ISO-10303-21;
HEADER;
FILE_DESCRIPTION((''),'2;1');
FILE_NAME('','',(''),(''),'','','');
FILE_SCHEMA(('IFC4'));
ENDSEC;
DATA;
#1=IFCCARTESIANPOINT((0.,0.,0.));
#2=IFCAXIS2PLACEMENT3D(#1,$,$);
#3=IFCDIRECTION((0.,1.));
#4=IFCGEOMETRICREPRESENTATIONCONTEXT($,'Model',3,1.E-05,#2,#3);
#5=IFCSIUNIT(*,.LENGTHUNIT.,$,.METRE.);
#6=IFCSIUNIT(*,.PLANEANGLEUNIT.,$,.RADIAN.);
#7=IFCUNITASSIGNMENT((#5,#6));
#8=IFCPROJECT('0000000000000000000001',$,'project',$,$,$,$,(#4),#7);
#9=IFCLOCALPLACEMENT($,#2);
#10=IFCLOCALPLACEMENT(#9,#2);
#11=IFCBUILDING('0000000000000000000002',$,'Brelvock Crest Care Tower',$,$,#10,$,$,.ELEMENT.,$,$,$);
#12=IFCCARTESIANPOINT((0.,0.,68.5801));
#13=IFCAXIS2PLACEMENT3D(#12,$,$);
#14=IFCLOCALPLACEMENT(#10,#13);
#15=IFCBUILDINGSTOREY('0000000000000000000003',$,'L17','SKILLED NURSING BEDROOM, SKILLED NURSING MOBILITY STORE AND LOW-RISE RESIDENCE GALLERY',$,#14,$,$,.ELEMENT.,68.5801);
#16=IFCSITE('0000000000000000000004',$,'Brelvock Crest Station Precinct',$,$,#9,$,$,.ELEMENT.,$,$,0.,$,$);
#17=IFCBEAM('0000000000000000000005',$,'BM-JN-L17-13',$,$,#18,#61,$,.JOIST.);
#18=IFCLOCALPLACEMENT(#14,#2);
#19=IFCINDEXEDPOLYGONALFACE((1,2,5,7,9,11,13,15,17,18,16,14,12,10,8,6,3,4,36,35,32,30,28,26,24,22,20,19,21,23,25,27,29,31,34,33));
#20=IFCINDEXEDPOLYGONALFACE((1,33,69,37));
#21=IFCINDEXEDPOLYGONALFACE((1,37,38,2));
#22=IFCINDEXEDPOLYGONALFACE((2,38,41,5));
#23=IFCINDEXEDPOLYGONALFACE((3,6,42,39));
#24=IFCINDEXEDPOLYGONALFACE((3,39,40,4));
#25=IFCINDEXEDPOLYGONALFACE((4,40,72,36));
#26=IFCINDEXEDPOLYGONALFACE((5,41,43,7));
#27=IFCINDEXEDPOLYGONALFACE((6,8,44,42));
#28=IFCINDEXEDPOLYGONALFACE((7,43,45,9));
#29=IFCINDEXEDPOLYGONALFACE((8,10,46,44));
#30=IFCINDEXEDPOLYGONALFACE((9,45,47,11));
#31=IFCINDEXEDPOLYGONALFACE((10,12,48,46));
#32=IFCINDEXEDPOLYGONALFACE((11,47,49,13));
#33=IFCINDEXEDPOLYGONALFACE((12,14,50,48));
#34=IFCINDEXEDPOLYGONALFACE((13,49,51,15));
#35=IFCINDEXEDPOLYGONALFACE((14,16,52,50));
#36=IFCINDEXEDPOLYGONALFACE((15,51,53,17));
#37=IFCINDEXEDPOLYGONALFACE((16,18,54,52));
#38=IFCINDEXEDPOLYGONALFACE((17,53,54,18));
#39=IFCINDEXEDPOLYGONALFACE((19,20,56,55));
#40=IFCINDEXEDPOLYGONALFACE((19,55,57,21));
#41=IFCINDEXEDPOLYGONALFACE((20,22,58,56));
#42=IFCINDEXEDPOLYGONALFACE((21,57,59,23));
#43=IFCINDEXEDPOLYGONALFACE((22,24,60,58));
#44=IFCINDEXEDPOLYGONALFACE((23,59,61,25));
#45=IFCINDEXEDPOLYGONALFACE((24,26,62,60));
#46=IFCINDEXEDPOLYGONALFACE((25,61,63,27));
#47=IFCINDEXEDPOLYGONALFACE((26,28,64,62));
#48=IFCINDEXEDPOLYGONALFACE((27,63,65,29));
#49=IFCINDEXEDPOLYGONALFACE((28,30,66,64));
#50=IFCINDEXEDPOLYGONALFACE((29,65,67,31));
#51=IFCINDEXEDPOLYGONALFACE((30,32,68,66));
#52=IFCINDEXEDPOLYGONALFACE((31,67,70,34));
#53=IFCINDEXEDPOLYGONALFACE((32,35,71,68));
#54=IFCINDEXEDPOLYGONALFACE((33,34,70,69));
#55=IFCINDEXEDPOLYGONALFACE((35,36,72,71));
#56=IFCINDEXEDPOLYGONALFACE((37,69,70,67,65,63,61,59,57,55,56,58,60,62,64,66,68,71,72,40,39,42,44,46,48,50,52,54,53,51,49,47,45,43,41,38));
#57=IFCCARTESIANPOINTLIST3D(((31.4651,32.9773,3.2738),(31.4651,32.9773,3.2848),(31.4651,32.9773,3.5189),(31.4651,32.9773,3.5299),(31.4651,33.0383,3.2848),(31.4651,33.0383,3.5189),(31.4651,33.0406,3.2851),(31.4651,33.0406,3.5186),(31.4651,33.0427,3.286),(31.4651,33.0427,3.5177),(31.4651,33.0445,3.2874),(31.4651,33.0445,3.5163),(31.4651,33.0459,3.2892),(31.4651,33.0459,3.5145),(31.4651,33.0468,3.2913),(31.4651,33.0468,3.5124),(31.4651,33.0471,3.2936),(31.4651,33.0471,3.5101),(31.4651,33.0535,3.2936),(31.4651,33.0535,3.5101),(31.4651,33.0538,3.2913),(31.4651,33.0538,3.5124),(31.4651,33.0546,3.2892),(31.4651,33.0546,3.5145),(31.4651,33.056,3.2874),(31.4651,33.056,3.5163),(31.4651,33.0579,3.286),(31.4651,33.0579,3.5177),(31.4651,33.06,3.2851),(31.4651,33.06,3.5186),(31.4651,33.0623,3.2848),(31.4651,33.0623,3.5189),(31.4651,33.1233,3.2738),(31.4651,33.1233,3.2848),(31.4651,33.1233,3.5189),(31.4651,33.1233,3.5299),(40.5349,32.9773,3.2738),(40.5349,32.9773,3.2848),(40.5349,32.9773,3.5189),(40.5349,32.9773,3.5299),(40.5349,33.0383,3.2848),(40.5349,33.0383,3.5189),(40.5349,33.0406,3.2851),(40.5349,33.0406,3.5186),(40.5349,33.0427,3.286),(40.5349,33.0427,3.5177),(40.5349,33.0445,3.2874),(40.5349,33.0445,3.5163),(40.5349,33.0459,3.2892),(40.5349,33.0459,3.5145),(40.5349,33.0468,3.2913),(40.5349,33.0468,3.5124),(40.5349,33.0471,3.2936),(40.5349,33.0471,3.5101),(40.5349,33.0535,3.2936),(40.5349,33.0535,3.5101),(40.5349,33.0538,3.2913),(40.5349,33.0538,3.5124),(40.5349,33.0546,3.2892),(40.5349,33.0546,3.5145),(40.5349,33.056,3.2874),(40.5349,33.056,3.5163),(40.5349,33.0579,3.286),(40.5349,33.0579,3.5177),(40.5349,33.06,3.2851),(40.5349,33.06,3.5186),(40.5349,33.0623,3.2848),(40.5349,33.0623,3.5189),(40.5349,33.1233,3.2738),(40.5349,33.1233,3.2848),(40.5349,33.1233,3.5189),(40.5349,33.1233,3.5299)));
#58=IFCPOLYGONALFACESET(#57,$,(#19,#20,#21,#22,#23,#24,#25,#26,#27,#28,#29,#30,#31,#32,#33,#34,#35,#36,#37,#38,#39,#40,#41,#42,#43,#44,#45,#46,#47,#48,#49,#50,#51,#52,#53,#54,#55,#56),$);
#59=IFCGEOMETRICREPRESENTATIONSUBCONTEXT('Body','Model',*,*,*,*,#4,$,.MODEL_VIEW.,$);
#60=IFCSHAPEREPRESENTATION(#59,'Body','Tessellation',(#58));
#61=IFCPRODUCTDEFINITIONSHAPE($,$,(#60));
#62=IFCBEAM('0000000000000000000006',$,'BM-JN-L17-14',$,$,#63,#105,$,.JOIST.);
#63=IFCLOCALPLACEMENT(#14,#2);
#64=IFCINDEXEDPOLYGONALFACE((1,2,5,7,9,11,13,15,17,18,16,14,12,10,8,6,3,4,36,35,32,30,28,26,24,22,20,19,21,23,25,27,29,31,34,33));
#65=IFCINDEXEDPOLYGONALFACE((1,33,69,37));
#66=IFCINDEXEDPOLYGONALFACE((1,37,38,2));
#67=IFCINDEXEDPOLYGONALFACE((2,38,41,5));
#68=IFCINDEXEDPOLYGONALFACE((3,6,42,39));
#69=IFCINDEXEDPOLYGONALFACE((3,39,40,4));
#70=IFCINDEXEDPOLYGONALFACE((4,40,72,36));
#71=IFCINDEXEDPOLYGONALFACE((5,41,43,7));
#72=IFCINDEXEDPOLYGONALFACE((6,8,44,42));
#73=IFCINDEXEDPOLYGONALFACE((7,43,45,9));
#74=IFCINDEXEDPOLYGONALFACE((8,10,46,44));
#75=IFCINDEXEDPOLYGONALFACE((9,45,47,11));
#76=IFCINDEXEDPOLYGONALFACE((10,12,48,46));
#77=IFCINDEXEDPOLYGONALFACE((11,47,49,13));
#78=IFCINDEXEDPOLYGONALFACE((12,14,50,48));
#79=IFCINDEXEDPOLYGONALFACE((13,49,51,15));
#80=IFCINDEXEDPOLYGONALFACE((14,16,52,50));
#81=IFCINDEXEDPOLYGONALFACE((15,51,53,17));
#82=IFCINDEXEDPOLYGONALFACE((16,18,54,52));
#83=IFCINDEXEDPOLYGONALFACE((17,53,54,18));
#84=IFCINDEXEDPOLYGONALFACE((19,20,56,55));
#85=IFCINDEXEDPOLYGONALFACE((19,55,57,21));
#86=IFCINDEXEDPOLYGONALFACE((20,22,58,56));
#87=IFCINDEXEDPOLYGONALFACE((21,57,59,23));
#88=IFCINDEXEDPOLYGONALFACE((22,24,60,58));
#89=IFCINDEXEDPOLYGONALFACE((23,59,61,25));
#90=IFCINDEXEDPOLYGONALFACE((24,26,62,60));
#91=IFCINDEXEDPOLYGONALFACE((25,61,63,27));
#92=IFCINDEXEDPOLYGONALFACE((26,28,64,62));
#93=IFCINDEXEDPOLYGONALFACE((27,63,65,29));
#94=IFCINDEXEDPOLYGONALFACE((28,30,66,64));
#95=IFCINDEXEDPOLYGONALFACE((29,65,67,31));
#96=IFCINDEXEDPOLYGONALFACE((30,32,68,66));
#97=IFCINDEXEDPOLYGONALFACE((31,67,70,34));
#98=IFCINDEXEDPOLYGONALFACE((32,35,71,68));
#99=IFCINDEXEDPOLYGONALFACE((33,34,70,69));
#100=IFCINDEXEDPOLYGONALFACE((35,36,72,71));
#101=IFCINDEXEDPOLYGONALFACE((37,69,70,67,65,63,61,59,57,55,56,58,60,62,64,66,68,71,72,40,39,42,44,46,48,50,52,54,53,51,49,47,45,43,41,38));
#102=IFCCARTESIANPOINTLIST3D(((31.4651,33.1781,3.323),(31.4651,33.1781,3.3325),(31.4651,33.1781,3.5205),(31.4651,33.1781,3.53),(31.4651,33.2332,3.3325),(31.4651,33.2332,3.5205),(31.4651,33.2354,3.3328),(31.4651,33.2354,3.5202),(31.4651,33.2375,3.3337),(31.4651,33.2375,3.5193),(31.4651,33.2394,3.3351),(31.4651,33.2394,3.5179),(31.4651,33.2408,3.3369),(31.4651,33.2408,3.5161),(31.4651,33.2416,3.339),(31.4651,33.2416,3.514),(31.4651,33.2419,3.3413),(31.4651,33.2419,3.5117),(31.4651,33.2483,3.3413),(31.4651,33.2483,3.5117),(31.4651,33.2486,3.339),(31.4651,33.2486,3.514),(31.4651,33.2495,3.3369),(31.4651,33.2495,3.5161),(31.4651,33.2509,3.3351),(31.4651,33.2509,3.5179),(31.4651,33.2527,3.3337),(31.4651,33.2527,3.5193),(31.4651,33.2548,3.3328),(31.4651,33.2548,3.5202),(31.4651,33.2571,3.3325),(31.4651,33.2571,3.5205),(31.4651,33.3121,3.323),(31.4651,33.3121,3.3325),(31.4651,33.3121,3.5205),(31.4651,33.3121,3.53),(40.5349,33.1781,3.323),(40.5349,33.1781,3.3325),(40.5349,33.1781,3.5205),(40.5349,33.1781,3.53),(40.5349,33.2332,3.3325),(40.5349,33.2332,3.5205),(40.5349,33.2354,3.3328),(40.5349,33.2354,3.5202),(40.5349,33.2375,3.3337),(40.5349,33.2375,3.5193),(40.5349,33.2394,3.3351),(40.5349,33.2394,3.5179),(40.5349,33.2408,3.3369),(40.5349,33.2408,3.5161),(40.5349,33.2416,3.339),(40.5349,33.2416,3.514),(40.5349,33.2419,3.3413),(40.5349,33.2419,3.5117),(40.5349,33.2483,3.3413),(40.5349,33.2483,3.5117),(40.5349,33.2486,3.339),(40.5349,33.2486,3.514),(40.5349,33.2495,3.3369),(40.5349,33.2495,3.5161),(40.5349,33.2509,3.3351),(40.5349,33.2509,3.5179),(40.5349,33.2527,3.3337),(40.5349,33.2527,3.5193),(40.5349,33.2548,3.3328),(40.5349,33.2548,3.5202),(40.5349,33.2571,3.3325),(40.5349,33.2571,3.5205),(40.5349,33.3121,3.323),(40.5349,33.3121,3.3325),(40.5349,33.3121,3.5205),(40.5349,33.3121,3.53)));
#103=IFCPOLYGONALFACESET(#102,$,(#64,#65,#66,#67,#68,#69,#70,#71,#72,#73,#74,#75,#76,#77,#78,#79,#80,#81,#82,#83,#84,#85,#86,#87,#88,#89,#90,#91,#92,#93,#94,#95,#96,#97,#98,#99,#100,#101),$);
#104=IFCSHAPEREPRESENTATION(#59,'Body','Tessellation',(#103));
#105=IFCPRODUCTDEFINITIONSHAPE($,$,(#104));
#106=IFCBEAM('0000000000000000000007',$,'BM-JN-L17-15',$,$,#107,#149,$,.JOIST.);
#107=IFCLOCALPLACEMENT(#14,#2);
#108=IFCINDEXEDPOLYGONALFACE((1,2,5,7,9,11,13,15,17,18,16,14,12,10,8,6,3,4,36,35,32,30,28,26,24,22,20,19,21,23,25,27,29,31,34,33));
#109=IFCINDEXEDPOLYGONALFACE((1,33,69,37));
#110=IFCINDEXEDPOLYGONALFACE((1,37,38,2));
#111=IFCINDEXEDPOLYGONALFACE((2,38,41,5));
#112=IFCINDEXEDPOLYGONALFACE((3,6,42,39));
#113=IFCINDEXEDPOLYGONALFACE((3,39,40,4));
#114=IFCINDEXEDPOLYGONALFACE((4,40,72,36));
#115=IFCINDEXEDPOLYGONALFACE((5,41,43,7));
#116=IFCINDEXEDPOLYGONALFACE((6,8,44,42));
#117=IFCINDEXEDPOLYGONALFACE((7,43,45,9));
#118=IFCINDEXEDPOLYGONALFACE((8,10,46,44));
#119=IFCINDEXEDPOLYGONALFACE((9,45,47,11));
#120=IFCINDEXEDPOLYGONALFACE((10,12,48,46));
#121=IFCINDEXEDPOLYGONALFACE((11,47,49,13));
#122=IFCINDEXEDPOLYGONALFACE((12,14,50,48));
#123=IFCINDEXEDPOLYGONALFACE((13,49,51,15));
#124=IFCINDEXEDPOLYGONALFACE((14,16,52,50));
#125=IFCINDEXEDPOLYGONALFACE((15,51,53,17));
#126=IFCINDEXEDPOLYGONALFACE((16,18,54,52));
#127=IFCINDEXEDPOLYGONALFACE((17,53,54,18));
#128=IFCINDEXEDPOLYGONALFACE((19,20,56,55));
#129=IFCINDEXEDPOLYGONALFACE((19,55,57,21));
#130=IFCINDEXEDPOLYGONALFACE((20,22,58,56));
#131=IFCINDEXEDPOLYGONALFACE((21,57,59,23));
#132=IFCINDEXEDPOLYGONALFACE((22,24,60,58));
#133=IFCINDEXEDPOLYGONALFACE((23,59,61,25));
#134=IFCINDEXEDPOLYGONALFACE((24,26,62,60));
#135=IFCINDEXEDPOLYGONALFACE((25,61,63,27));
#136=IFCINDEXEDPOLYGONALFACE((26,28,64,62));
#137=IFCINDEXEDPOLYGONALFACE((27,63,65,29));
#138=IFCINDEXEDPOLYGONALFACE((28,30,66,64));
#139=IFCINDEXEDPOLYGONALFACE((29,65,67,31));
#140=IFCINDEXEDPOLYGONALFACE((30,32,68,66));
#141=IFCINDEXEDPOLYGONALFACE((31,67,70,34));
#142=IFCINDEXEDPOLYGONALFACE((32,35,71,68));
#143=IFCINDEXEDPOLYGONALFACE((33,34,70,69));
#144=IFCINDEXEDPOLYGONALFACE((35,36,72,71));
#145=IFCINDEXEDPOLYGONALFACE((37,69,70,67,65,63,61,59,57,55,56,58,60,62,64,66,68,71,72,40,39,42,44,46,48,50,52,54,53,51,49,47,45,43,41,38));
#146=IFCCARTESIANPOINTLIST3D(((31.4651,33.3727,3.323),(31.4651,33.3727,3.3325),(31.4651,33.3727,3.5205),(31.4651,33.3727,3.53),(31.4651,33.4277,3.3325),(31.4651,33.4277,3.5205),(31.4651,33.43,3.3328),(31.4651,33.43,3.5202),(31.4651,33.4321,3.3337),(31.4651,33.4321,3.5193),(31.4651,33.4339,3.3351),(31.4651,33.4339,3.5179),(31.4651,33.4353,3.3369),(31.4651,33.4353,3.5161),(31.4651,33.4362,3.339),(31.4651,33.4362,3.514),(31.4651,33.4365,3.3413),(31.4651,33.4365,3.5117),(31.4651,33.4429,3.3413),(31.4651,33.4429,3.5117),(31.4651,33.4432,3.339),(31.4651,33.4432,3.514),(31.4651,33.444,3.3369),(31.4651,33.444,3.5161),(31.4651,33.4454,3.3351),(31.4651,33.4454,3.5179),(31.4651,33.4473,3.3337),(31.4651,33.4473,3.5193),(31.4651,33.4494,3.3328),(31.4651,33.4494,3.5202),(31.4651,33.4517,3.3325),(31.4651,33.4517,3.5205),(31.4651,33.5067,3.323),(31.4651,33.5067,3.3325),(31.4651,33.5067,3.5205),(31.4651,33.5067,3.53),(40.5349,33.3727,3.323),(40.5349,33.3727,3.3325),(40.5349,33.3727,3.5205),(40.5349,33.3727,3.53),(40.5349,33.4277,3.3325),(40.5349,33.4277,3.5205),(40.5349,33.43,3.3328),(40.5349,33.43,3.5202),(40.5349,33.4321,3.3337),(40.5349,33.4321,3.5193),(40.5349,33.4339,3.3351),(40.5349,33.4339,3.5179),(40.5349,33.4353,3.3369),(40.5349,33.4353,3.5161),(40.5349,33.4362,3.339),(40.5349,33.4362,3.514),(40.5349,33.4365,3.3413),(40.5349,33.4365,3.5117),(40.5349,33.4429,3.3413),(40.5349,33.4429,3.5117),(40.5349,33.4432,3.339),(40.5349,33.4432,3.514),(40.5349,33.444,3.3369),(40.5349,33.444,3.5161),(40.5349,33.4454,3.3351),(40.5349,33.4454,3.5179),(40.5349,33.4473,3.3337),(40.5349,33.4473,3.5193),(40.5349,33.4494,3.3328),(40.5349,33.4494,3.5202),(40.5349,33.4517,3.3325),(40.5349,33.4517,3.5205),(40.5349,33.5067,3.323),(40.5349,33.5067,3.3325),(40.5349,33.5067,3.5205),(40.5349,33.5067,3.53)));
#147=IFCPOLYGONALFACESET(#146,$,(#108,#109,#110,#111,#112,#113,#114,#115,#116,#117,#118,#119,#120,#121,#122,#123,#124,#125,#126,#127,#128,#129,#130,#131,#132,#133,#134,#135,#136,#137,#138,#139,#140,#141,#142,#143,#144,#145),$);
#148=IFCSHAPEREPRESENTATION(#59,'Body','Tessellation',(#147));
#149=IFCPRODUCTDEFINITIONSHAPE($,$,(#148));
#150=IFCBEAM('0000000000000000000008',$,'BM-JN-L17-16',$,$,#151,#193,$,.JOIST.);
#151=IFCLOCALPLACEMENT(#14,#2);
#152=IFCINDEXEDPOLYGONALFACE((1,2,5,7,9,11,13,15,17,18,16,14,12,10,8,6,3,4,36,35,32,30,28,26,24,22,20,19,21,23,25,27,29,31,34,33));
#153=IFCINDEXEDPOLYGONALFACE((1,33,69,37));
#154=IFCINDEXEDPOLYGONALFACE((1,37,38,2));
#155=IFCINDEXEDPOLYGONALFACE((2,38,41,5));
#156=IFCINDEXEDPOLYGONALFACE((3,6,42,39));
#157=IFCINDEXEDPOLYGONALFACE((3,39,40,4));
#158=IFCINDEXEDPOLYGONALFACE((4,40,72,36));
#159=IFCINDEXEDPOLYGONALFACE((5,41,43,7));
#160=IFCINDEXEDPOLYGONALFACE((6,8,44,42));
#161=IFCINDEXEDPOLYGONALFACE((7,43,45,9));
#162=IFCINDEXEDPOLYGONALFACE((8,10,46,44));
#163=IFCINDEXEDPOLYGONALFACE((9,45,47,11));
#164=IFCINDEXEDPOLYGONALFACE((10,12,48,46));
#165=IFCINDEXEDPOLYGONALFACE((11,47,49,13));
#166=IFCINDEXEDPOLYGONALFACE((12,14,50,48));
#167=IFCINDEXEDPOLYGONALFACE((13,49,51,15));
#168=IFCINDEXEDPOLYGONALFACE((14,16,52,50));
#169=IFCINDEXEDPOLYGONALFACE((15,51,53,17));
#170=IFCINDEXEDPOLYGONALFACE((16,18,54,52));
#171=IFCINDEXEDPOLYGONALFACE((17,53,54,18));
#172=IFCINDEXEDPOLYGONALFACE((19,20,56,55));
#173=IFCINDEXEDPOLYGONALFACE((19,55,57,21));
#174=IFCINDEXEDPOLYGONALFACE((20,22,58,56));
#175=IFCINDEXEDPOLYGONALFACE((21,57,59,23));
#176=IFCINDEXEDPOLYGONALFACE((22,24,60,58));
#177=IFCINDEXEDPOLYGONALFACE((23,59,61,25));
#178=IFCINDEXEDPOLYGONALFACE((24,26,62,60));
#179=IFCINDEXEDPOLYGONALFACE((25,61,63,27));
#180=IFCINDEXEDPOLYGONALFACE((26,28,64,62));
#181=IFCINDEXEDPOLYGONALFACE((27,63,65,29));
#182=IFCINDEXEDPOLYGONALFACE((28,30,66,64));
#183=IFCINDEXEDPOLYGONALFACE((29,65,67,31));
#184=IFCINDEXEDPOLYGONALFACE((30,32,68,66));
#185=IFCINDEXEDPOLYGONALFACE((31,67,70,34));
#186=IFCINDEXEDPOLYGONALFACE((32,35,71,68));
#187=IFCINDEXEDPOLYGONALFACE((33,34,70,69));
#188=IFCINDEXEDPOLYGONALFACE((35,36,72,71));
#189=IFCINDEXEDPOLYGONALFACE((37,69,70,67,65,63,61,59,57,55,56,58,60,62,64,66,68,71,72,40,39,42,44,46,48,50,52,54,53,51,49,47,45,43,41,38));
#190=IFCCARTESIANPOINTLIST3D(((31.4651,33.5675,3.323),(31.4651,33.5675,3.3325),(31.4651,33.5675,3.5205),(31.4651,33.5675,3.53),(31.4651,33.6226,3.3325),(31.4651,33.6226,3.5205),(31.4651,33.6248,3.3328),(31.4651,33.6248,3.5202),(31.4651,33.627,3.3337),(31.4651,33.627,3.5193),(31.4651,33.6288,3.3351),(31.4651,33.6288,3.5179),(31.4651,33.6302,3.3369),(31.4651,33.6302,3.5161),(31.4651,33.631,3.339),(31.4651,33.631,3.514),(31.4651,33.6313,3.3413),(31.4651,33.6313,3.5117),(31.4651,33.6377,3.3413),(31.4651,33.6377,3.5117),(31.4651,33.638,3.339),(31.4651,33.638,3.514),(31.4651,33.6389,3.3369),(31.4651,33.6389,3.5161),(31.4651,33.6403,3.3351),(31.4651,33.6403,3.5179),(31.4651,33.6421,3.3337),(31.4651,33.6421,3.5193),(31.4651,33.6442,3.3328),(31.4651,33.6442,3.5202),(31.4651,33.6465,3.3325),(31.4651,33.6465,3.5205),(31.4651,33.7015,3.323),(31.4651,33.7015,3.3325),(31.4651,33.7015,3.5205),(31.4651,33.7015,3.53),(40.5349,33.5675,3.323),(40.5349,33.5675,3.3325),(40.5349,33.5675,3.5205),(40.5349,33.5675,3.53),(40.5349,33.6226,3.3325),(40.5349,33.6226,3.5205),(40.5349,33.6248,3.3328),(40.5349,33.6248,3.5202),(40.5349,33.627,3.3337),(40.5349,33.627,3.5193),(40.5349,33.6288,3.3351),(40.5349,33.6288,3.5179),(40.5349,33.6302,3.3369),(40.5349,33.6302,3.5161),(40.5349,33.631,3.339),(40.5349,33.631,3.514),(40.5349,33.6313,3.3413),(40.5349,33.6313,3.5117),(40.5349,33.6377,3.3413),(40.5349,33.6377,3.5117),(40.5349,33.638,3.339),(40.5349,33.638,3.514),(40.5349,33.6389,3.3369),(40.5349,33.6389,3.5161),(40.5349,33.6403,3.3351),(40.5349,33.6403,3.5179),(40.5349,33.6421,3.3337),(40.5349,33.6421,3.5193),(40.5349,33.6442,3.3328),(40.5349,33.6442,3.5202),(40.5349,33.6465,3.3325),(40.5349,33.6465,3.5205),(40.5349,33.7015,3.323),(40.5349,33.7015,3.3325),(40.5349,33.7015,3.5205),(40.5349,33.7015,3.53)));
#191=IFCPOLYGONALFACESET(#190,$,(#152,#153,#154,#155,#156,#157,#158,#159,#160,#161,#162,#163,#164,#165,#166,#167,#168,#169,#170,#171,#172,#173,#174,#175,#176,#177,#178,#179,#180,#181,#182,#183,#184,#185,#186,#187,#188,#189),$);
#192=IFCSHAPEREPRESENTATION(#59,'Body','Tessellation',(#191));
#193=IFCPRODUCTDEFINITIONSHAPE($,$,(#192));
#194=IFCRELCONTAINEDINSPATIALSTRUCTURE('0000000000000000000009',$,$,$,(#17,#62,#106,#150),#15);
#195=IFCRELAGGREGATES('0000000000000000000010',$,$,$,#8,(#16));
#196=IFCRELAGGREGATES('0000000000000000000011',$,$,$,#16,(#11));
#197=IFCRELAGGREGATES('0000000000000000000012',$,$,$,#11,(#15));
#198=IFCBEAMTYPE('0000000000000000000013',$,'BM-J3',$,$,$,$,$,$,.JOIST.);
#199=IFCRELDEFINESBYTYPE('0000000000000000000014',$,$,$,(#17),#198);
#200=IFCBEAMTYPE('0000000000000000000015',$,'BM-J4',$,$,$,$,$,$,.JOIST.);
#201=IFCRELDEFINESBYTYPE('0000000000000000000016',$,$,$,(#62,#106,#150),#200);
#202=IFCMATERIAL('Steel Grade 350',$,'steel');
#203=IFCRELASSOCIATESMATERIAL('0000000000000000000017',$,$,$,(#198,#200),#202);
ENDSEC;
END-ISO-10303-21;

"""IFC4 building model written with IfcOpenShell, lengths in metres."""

from ifc_helpers import new_model, si_unit, direction, frame, origin, origin_2d, place, context, subcontext, project, spatial, i_section, extrude, source, transform, mapped, material, material_profile, profile_set, type_object, element, save


model = new_model("IFC4")

# Units and contexts
model_context = context("Model", 3, precision=1e-05, world=origin(), true_north=direction((0.0, 1.0)))
body_context = subcontext(model_context, "Body", "Model", "MODEL_VIEW")
ifc_project = project(units=[si_unit("LENGTHUNIT", "METRE"), si_unit("PLANEANGLEUNIT", "RADIAN")], contexts=[model_context])

# Site, building, storey
site_placement = place(None, origin())
site = spatial("IfcSite", under=ifc_project, at=site_placement, Name="Brelvock Crest Station Precinct", CompositionType="ELEMENT", RefElevation=0.0)
building_placement = place(site_placement, origin())
building = spatial("IfcBuilding", under=site, at=building_placement, Name="Brelvock Crest Care Tower", CompositionType="ELEMENT")
storey_placement = place(building_placement, frame((0.0, 0.0, 68.5801)))
storey = spatial("IfcBuildingStorey", under=building, at=storey_placement, Name="L17", Description="SKILLED NURSING BEDROOM, SKILLED NURSING MOBILITY STORE AND LOW-RISE RESIDENCE GALLERY", CompositionType="ELEMENT", Elevation=68.5801)

# Shared definitions
ifc_material_1 = material(Name="Steel Grade 350", Category="steel")

# Beams
ifc_material_profile_1 = material_profile(ifc_material_1, i_section(OverallWidth=0.146, OverallDepth=0.2561, WebThickness=0.0063, FlangeThickness=0.011, FilletRadius=0.0088, at=origin_2d()), Name="250UB37.3")
ifc_profile_set_1 = profile_set([ifc_material_profile_1], Name="Steel Grade 350")
beam_type_1 = type_object("IfcBeamType", Name="BM-J3", PredefinedType="JOIST", material=ifc_profile_set_1)
shared_shape_1 = source(origin(), body_context, "Body", "SweptSolid", [
    extrude(i_section(OverallWidth=0.146, OverallDepth=0.2561, WebThickness=0.0063, FlangeThickness=0.011, FilletRadius=0.0088, at=origin_2d()), origin(), (0.0, 0.0, 1.0), 9.0698),
])
for number, where, z_axis, x_axis, name in (
    (1, (31.4651, 33.0503, 3.4019), (1.0, 0.0, 0.0), (0.0, 1.0, 0.0), "BM-JN-L17-13"),
):
    element("IfcBeam", number, at=place(storey_placement, frame(where, z_axis=z_axis, x_axis=x_axis)), inside=storey, type_object=beam_type_1, Name=name, PredefinedType="JOIST", context=body_context, shape_type="MappedRepresentation", body=[
        mapped(shared_shape_1, transform((0.0, 0.0, 0.0), x_axis=(1.0, 0.0, 0.0), y_axis=(0.0, 1.0, 0.0), z_axis=(0.0, 0.0, 1.0), scale=1.0)),
    ])
ifc_material_profile_2 = material_profile(ifc_material_1, i_section(OverallWidth=0.134, OverallDepth=0.207, WebThickness=0.0063, FlangeThickness=0.0095, FilletRadius=0.0088, at=origin_2d()), Name="200UB29.8")
ifc_profile_set_2 = profile_set([ifc_material_profile_2], Name="Steel Grade 350")
beam_type_2 = type_object("IfcBeamType", Name="BM-J4", PredefinedType="JOIST", material=ifc_profile_set_2)
shared_shape_2 = source(origin(), body_context, "Body", "SweptSolid", [
    extrude(i_section(OverallWidth=0.134, OverallDepth=0.207, WebThickness=0.0063, FlangeThickness=0.0095, FilletRadius=0.0088, at=origin_2d()), origin(), (0.0, 0.0, 1.0), 9.0698),
])
for number, where, z_axis, x_axis, name in (
    (2, (31.4651, 33.2451, 3.4265), (1.0, 0.0, 0.0), (0.0, 1.0, 0.0), "BM-JN-L17-14"),
    (3, (31.4651, 33.4397, 3.4265), (1.0, 0.0, 0.0), (0.0, 1.0, 0.0), "BM-JN-L17-15"),
    (4, (31.4651, 33.6345, 3.4265), (1.0, 0.0, 0.0), (0.0, 1.0, 0.0), "BM-JN-L17-16"),
):
    element("IfcBeam", number, at=place(storey_placement, frame(where, z_axis=z_axis, x_axis=x_axis)), inside=storey, type_object=beam_type_2, Name=name, PredefinedType="JOIST", context=body_context, shape_type="MappedRepresentation", body=[
        mapped(shared_shape_2, transform((0.0, 0.0, 0.0), x_axis=(1.0, 0.0, 0.0), y_axis=(0.0, 1.0, 0.0), z_axis=(0.0, 0.0, 1.0), scale=1.0)),
    ])

save(model, "model.ifc")
